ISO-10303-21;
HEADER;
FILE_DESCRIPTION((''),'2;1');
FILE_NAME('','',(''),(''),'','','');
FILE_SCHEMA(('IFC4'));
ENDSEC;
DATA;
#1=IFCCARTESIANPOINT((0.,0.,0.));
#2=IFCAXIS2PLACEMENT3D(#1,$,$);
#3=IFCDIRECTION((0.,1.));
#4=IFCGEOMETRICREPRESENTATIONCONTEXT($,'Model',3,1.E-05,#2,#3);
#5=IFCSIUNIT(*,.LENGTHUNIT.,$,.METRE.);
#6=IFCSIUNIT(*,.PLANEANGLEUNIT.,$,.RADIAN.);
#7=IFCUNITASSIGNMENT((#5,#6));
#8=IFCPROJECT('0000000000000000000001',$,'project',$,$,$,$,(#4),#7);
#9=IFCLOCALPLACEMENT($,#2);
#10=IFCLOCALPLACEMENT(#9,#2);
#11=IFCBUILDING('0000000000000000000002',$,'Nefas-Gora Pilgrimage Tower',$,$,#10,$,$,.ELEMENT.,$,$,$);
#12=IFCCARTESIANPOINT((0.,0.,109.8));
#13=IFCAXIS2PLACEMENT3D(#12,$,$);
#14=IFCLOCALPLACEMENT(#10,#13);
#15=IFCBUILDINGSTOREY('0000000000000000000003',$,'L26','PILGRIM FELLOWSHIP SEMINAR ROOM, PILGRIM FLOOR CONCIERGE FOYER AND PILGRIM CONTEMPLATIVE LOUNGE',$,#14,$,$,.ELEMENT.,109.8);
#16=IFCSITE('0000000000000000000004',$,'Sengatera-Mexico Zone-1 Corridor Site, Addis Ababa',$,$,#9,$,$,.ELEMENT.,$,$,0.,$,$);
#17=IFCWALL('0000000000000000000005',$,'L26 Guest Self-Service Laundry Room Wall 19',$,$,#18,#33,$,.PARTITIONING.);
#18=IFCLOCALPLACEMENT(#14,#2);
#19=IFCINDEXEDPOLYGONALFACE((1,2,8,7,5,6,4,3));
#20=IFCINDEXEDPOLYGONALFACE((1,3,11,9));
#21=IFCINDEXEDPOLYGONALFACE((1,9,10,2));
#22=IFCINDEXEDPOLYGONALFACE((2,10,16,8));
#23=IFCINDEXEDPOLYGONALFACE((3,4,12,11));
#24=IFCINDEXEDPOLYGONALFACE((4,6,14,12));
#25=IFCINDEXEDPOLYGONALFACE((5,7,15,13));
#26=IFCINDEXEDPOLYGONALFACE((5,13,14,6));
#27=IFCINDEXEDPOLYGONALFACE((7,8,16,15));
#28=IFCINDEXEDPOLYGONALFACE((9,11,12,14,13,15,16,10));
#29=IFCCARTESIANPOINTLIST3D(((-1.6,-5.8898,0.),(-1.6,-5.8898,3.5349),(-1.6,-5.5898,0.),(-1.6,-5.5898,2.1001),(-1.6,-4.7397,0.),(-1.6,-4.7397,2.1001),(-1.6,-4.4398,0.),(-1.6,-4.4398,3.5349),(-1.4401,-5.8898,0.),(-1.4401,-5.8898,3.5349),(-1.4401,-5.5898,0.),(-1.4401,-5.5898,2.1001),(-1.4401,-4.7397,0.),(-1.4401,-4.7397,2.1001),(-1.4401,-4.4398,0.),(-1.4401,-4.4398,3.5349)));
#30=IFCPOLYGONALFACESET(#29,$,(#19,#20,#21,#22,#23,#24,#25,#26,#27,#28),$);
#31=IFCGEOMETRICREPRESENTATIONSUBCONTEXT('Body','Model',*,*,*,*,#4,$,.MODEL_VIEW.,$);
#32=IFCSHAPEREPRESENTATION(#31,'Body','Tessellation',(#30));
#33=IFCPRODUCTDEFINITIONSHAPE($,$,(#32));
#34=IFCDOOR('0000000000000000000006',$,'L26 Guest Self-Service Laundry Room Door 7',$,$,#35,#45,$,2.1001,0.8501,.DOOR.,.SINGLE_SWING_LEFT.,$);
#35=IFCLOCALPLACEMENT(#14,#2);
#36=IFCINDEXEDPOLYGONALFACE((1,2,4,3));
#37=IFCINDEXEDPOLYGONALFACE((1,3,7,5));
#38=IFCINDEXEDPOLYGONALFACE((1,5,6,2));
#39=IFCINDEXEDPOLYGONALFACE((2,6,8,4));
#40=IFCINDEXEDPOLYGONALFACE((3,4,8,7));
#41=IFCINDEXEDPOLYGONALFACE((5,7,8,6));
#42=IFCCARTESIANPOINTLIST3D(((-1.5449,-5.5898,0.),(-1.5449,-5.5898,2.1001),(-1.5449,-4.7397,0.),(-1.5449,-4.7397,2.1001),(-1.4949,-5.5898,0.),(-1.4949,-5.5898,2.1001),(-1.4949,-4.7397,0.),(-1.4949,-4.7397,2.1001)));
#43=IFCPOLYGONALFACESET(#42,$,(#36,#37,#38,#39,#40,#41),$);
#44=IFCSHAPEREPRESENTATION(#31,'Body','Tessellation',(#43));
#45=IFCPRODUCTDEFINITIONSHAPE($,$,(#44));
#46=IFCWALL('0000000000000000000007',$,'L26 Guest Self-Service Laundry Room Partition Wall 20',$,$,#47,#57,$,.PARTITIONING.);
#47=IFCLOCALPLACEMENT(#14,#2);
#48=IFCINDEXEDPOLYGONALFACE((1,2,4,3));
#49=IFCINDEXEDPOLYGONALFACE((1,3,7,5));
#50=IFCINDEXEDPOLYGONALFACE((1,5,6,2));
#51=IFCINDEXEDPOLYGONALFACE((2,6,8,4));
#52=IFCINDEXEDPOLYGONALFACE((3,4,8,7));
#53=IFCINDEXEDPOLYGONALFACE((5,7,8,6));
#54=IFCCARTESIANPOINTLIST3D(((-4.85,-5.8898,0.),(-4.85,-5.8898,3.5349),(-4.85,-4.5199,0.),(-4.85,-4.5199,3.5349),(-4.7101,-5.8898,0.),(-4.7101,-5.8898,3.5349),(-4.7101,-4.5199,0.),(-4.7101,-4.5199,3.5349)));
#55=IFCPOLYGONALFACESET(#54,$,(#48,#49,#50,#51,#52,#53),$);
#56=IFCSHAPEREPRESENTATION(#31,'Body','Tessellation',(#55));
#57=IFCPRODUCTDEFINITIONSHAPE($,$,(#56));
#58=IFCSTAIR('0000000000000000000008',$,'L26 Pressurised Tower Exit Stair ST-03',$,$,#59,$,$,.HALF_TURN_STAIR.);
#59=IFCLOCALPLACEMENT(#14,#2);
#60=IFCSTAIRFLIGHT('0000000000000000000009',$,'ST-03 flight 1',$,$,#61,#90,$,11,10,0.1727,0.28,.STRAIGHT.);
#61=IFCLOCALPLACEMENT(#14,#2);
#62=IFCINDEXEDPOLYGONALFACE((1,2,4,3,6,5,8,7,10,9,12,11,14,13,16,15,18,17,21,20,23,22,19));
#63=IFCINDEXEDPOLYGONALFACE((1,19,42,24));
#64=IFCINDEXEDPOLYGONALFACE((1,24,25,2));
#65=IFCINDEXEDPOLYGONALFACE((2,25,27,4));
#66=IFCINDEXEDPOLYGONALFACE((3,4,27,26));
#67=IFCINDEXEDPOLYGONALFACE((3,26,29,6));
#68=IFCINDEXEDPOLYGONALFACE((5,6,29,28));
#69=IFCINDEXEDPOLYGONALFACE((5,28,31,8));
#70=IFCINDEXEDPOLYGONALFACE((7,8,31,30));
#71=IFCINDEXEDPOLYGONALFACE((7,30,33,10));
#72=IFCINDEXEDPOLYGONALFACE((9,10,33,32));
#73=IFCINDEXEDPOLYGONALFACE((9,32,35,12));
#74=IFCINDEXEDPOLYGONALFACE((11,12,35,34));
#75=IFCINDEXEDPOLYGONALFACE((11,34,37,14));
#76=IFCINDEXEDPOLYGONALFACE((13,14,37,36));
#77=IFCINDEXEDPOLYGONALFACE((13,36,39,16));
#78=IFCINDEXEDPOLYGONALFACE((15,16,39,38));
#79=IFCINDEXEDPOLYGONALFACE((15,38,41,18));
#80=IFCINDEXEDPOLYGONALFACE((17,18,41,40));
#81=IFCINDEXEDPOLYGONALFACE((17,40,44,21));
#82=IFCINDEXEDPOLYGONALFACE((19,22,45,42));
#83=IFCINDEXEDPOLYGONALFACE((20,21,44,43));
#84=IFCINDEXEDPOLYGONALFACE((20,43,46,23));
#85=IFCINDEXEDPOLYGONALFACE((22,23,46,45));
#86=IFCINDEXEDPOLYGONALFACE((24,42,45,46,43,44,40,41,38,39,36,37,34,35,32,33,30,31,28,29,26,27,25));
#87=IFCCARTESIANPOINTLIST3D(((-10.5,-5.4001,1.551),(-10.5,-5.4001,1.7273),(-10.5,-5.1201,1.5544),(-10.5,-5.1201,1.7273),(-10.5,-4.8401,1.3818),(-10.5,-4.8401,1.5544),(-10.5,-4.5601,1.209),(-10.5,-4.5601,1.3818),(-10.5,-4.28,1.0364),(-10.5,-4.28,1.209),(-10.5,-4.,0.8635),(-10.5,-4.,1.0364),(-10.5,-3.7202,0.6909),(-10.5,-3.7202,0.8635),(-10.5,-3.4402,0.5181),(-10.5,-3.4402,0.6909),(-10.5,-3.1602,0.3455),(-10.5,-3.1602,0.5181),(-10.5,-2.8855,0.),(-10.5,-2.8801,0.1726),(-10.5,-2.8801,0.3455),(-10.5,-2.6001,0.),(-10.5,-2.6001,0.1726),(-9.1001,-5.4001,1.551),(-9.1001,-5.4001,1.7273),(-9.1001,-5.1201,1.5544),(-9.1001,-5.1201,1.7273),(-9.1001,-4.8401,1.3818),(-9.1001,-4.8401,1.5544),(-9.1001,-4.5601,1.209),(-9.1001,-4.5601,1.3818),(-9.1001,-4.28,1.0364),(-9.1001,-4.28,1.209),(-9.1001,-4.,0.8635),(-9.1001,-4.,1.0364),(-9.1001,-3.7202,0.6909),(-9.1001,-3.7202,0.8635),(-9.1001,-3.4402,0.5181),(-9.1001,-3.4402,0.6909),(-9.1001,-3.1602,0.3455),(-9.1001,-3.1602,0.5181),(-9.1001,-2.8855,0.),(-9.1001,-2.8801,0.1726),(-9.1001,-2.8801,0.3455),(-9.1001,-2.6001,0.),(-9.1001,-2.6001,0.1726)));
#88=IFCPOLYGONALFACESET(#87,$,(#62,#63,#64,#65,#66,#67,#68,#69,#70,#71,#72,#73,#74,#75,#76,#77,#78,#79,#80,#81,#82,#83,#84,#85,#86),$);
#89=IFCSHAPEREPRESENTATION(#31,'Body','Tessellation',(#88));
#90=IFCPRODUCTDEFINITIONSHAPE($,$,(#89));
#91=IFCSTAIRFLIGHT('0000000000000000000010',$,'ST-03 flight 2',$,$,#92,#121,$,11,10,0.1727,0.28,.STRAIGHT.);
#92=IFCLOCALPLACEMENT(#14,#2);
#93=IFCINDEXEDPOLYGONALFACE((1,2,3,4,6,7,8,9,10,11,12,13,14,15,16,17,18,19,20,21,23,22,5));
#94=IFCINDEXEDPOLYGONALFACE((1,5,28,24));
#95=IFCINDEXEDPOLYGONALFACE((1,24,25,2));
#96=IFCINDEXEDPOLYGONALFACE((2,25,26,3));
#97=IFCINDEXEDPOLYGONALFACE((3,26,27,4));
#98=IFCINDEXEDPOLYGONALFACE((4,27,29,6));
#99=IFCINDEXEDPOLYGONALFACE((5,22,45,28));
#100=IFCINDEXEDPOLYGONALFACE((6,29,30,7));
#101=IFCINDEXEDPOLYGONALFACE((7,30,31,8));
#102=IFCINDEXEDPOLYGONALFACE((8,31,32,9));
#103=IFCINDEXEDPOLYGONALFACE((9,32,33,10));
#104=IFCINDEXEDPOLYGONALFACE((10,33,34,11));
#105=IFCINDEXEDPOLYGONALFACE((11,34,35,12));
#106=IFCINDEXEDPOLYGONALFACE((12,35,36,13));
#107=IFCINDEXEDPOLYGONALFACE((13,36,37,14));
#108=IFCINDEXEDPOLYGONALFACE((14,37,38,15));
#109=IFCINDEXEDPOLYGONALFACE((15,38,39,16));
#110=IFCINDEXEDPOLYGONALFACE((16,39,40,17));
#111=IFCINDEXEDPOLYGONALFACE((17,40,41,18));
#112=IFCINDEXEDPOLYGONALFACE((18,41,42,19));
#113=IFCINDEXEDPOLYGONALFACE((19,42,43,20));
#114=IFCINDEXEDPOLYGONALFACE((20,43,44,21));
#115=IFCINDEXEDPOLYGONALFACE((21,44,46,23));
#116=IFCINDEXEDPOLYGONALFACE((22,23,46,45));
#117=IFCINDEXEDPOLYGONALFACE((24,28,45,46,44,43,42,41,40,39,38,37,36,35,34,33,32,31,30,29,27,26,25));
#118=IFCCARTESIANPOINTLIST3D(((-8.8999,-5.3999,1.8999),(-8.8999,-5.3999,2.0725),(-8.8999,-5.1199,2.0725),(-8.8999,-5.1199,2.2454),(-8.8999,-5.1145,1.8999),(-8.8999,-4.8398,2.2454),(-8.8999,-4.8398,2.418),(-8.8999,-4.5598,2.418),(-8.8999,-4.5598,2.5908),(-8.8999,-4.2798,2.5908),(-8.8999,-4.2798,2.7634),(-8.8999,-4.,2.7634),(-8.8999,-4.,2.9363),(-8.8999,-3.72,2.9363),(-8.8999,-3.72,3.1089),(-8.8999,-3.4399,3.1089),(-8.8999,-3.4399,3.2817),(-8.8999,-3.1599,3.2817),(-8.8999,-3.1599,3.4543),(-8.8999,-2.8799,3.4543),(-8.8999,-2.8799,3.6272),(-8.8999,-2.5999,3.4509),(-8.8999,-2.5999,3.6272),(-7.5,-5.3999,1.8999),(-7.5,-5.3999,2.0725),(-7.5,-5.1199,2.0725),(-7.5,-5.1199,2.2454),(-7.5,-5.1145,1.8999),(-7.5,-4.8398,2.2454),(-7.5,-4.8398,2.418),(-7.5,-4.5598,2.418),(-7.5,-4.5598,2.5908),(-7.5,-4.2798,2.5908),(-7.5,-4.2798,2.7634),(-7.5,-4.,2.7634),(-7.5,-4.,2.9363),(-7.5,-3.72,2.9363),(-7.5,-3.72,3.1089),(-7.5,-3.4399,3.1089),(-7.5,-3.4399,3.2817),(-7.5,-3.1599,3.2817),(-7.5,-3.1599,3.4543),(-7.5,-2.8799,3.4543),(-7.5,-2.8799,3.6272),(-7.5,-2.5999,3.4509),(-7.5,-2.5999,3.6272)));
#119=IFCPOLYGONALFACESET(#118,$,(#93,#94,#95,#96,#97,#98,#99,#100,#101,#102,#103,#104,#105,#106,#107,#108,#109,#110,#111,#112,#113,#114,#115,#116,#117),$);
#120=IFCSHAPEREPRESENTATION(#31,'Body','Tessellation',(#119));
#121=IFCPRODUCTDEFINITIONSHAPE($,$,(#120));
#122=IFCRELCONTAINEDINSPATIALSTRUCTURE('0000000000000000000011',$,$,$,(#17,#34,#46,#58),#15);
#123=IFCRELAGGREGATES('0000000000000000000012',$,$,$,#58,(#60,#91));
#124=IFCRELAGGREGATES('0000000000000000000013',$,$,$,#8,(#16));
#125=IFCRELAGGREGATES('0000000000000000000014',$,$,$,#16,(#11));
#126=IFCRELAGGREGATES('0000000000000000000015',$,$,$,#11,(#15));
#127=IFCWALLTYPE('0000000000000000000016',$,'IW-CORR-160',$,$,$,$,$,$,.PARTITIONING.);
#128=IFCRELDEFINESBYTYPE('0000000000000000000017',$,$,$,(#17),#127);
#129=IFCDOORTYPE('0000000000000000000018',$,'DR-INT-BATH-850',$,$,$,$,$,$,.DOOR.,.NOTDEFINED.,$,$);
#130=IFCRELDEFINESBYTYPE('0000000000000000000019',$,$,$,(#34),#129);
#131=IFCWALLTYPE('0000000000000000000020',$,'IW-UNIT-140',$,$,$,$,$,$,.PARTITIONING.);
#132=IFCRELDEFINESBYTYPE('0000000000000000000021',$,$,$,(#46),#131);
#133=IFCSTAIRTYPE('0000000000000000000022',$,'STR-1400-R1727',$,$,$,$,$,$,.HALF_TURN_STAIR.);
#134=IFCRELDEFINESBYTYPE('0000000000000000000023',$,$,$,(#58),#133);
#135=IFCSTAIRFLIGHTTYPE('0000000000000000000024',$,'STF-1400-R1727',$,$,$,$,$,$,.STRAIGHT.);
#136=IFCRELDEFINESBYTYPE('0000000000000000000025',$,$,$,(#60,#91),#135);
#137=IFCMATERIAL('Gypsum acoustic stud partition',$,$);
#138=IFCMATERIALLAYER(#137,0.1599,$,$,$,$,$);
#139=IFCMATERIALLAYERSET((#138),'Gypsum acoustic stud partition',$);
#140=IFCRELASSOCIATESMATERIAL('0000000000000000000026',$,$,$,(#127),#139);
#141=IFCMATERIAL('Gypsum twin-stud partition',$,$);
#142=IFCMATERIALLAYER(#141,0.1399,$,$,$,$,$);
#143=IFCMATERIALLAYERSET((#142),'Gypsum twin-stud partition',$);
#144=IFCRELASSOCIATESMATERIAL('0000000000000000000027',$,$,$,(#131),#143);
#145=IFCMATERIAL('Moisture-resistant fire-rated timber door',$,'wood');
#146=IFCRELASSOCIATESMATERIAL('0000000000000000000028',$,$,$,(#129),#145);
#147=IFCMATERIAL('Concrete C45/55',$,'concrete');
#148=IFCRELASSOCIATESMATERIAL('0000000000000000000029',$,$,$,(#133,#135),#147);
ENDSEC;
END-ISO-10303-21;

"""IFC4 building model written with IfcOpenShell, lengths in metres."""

from ifc_helpers import new_model, si_unit, direction, frame, frame_2d, origin, place, context, subcontext, project, spatial, polyline, rectangle, outline, extrude, source, transform, mapped, material, layer, layer_set, type_object, element, fill, aggregate, save


model = new_model("IFC4")

# Units and contexts
model_context = context("Model", 3, precision=1e-05, world=origin(), true_north=direction((0.0, 1.0)))
body_context = subcontext(model_context, "Body", "Model", "MODEL_VIEW")
ifc_project = project(units=[si_unit("LENGTHUNIT", "METRE"), si_unit("PLANEANGLEUNIT", "RADIAN")], contexts=[model_context])

# Site, building, storey
site_placement = place(None, origin())
site = spatial("IfcSite", under=ifc_project, at=site_placement, Name="Sengatera-Mexico Zone-1 Corridor Site, Addis Ababa", CompositionType="ELEMENT", RefElevation=0.0)
building_placement = place(site_placement, origin())
building = spatial("IfcBuilding", under=site, at=building_placement, Name="Nefas-Gora Pilgrimage Tower", CompositionType="ELEMENT")
storey_placement = place(building_placement, frame((0.0, 0.0, 109.8)))
storey = spatial("IfcBuildingStorey", under=building, at=storey_placement, Name="L26", Description="PILGRIM FELLOWSHIP SEMINAR ROOM, PILGRIM FLOOR CONCIERGE FOYER AND PILGRIM CONTEMPLATIVE LOUNGE", CompositionType="ELEMENT", Elevation=109.8)

# Shared definitions
ifc_material_1 = material(Name="Concrete C45/55", Category="concrete")

# Shared definitions
ifc_material_2 = material(Name="Gypsum acoustic stud partition")
ifc_layer_1 = layer(ifc_material_2, 0.1599)
ifc_layer_set_1 = layer_set([ifc_layer_1], Name="Gypsum acoustic stud partition")
wall_type_1 = type_object("IfcWallType", Name="IW-CORR-160", PredefinedType="PARTITIONING", material=ifc_layer_set_1)
ifc_material_3 = material(Name="Gypsum twin-stud partition")
ifc_layer_2 = layer(ifc_material_3, 0.1399)
ifc_layer_set_2 = layer_set([ifc_layer_2], Name="Gypsum twin-stud partition")
wall_type_2 = type_object("IfcWallType", Name="IW-UNIT-140", PredefinedType="PARTITIONING", material=ifc_layer_set_2)

# Shared definitions
ifc_material_4 = material(Name="Moisture-resistant fire-rated timber door", Category="wood")
door_type_1 = type_object("IfcDoorType", Name="DR-INT-BATH-850", OperationType="NOTDEFINED", PredefinedType="DOOR", material=ifc_material_4)
shared_shape_1 = source(origin(), body_context, "Body", "SweptSolid", [
    extrude(rectangle(XDim=0.8501, YDim=2.1001, at=frame_2d((0.425, 1.05))), frame((0.0, 0.0249, 0.0), z_axis=(0.0, -1.0, 0.0), x_axis=(1.0, 0.0, 0.0)), (0.0, 0.0, 1.0), 0.05),
])

# Wall, opening, door
shared_shape_2 = source(origin(), body_context, "Body", "SweptSolid", [
    extrude(rectangle(XDim=1.45, YDim=0.1599, at=frame_2d((0.7251, 0.0))), origin(), (0.0, 0.0, 1.0), 3.5349),
])
wall_1_placement = place(storey_placement, frame((-1.52, -5.8899, 0.0), z_axis=(0.0, 0.0, 1.0), x_axis=(0.0, 1.0, 0.0)))
wall_1 = element("IfcWall", 1, at=wall_1_placement, inside=storey, type_object=wall_type_1, Name="L26 Guest Self-Service Laundry Room Wall 19", PredefinedType="PARTITIONING", context=body_context, shape_type="MappedRepresentation", body=[
    mapped(shared_shape_2, transform((0.0, 0.0, 0.0), x_axis=(1.0, 0.0, 0.0), y_axis=(0.0, 1.0, 0.0), z_axis=(0.0, 0.0, 1.0), scale=1.0)),
])
opening_1_placement = place(wall_1_placement, frame((0.3, 0.0, 0.0)))
opening_1 = element("IfcOpeningElement", 2, at=opening_1_placement, cuts=wall_1, PredefinedType="OPENING", context=body_context, shape_type="SweptSolid", body=[
    extrude(rectangle(XDim=0.8501, YDim=2.1001, at=frame_2d((0.425, 1.05))), frame((0.0, 0.0898, 0.0), z_axis=(0.0, -1.0, 0.0), x_axis=(1.0, 0.0, 0.0)), (0.0, 0.0, 1.0), 0.1799),
])
door_1_placement = place(opening_1_placement, origin())
door_1 = element("IfcDoor", 3, at=door_1_placement, inside=storey, type_object=door_type_1, Name="L26 Guest Self-Service Laundry Room Door 7", OperationType="SINGLE_SWING_LEFT", OverallHeight=2.1001, OverallWidth=0.8501, PredefinedType="DOOR", context=body_context, shape_type="MappedRepresentation", body=[
    mapped(shared_shape_1, transform((0.0, 0.0, 0.0), x_axis=(1.0, 0.0, 0.0), y_axis=(0.0, 1.0, 0.0), z_axis=(0.0, 0.0, 1.0), scale=1.0)),
])
fill(opening_1, door_1)

# Wall
shared_shape_3 = source(origin(), body_context, "Body", "SweptSolid", [
    extrude(rectangle(XDim=1.3699, YDim=0.1399, at=frame_2d((0.6851, 0.0))), origin(), (0.0, 0.0, 1.0), 3.5349),
])
wall_2_placement = place(storey_placement, frame((-4.78, -5.8899, 0.0), z_axis=(0.0, 0.0, 1.0), x_axis=(0.0, 1.0, 0.0)))
element("IfcWall", 4, at=wall_2_placement, inside=storey, type_object=wall_type_2, Name="L26 Guest Self-Service Laundry Room Partition Wall 20", PredefinedType="PARTITIONING", context=body_context, shape_type="MappedRepresentation", body=[
    mapped(shared_shape_3, transform((0.0, 0.0, 0.0), x_axis=(1.0, 0.0, 0.0), y_axis=(0.0, 1.0, 0.0), z_axis=(0.0, 0.0, 1.0), scale=1.0)),
])

# Stair, stair flights
stair_type = type_object("IfcStairType", Name="STR-1400-R1727", PredefinedType="HALF_TURN_STAIR", material=ifc_material_1)
stair_placement = place(storey_placement, origin())
stair = element("IfcStair", 5, at=stair_placement, inside=storey, type_object=stair_type, Name="L26 Pressurised Tower Exit Stair ST-03", PredefinedType="HALF_TURN_STAIR")
stair_flight_type = type_object("IfcStairFlightType", Name="STF-1400-R1727", PredefinedType="STRAIGHT", material=ifc_material_1)
shared_shape_4 = source(origin(), body_context, "Body", "SweptSolid", [
    extrude(outline(polyline([(0.0, 0.0), (0.0, 0.1726), (0.28, 0.1726), (0.28, 0.3455), (0.5601, 0.3455), (0.5601, 0.5181), (0.8401, 0.5181), (0.8401, 0.6909), (1.1201, 0.6909), (1.1201, 0.8635), (1.3999, 0.8635), (1.3999, 1.0364), (1.6799, 1.0364), (1.6799, 1.209), (1.96, 1.209), (1.96, 1.3818), (2.24, 1.3818), (2.24, 1.5544), (2.52, 1.5544), (2.52, 1.7273), (2.8, 1.7273), (2.8, 1.8999), (2.8, 1.551), (0.2854, 0.0), (0.0, 0.0)])), frame((0.0, 0.7, 0.0), z_axis=(0.0, -1.0, 0.0), x_axis=(1.0, 0.0, 0.0)), (0.0, 0.0, 1.0), 1.3999),
])
stair_flight_1_placement = place(storey_placement, frame((-9.8, -2.6001, 0.0), z_axis=(0.0, 0.0, 1.0), x_axis=(0.0, -1.0, 0.0)))
stair_flight_1 = element("IfcStairFlight", 6, at=stair_flight_1_placement, type_object=stair_flight_type, Name="ST-03 flight 1", NumberOfRisers=11, NumberOfTreads=10, PredefinedType="STRAIGHT", RiserHeight=0.1727, TreadLength=0.28, context=body_context, shape_type="MappedRepresentation", body=[
    mapped(shared_shape_4, transform((0.0, 0.0, 0.0), x_axis=(1.0, 0.0, 0.0), y_axis=(0.0, 1.0, 0.0), z_axis=(0.0, 0.0, 1.0), scale=1.0)),
])
stair_flight_2_placement = place(storey_placement, frame((-8.2, -5.3999, 1.8999), z_axis=(0.0, 0.0, 1.0), x_axis=(0.0, 1.0, 0.0)))
stair_flight_2 = element("IfcStairFlight", 7, at=stair_flight_2_placement, type_object=stair_flight_type, Name="ST-03 flight 2", NumberOfRisers=11, NumberOfTreads=10, PredefinedType="STRAIGHT", RiserHeight=0.1727, TreadLength=0.28, context=body_context, shape_type="MappedRepresentation", body=[
    mapped(shared_shape_4, transform((0.0, 0.0, 0.0), x_axis=(1.0, 0.0, 0.0), y_axis=(0.0, 1.0, 0.0), z_axis=(0.0, 0.0, 1.0), scale=1.0)),
])
aggregate(stair, [stair_flight_1, stair_flight_2])

save(model, "model.ifc")
